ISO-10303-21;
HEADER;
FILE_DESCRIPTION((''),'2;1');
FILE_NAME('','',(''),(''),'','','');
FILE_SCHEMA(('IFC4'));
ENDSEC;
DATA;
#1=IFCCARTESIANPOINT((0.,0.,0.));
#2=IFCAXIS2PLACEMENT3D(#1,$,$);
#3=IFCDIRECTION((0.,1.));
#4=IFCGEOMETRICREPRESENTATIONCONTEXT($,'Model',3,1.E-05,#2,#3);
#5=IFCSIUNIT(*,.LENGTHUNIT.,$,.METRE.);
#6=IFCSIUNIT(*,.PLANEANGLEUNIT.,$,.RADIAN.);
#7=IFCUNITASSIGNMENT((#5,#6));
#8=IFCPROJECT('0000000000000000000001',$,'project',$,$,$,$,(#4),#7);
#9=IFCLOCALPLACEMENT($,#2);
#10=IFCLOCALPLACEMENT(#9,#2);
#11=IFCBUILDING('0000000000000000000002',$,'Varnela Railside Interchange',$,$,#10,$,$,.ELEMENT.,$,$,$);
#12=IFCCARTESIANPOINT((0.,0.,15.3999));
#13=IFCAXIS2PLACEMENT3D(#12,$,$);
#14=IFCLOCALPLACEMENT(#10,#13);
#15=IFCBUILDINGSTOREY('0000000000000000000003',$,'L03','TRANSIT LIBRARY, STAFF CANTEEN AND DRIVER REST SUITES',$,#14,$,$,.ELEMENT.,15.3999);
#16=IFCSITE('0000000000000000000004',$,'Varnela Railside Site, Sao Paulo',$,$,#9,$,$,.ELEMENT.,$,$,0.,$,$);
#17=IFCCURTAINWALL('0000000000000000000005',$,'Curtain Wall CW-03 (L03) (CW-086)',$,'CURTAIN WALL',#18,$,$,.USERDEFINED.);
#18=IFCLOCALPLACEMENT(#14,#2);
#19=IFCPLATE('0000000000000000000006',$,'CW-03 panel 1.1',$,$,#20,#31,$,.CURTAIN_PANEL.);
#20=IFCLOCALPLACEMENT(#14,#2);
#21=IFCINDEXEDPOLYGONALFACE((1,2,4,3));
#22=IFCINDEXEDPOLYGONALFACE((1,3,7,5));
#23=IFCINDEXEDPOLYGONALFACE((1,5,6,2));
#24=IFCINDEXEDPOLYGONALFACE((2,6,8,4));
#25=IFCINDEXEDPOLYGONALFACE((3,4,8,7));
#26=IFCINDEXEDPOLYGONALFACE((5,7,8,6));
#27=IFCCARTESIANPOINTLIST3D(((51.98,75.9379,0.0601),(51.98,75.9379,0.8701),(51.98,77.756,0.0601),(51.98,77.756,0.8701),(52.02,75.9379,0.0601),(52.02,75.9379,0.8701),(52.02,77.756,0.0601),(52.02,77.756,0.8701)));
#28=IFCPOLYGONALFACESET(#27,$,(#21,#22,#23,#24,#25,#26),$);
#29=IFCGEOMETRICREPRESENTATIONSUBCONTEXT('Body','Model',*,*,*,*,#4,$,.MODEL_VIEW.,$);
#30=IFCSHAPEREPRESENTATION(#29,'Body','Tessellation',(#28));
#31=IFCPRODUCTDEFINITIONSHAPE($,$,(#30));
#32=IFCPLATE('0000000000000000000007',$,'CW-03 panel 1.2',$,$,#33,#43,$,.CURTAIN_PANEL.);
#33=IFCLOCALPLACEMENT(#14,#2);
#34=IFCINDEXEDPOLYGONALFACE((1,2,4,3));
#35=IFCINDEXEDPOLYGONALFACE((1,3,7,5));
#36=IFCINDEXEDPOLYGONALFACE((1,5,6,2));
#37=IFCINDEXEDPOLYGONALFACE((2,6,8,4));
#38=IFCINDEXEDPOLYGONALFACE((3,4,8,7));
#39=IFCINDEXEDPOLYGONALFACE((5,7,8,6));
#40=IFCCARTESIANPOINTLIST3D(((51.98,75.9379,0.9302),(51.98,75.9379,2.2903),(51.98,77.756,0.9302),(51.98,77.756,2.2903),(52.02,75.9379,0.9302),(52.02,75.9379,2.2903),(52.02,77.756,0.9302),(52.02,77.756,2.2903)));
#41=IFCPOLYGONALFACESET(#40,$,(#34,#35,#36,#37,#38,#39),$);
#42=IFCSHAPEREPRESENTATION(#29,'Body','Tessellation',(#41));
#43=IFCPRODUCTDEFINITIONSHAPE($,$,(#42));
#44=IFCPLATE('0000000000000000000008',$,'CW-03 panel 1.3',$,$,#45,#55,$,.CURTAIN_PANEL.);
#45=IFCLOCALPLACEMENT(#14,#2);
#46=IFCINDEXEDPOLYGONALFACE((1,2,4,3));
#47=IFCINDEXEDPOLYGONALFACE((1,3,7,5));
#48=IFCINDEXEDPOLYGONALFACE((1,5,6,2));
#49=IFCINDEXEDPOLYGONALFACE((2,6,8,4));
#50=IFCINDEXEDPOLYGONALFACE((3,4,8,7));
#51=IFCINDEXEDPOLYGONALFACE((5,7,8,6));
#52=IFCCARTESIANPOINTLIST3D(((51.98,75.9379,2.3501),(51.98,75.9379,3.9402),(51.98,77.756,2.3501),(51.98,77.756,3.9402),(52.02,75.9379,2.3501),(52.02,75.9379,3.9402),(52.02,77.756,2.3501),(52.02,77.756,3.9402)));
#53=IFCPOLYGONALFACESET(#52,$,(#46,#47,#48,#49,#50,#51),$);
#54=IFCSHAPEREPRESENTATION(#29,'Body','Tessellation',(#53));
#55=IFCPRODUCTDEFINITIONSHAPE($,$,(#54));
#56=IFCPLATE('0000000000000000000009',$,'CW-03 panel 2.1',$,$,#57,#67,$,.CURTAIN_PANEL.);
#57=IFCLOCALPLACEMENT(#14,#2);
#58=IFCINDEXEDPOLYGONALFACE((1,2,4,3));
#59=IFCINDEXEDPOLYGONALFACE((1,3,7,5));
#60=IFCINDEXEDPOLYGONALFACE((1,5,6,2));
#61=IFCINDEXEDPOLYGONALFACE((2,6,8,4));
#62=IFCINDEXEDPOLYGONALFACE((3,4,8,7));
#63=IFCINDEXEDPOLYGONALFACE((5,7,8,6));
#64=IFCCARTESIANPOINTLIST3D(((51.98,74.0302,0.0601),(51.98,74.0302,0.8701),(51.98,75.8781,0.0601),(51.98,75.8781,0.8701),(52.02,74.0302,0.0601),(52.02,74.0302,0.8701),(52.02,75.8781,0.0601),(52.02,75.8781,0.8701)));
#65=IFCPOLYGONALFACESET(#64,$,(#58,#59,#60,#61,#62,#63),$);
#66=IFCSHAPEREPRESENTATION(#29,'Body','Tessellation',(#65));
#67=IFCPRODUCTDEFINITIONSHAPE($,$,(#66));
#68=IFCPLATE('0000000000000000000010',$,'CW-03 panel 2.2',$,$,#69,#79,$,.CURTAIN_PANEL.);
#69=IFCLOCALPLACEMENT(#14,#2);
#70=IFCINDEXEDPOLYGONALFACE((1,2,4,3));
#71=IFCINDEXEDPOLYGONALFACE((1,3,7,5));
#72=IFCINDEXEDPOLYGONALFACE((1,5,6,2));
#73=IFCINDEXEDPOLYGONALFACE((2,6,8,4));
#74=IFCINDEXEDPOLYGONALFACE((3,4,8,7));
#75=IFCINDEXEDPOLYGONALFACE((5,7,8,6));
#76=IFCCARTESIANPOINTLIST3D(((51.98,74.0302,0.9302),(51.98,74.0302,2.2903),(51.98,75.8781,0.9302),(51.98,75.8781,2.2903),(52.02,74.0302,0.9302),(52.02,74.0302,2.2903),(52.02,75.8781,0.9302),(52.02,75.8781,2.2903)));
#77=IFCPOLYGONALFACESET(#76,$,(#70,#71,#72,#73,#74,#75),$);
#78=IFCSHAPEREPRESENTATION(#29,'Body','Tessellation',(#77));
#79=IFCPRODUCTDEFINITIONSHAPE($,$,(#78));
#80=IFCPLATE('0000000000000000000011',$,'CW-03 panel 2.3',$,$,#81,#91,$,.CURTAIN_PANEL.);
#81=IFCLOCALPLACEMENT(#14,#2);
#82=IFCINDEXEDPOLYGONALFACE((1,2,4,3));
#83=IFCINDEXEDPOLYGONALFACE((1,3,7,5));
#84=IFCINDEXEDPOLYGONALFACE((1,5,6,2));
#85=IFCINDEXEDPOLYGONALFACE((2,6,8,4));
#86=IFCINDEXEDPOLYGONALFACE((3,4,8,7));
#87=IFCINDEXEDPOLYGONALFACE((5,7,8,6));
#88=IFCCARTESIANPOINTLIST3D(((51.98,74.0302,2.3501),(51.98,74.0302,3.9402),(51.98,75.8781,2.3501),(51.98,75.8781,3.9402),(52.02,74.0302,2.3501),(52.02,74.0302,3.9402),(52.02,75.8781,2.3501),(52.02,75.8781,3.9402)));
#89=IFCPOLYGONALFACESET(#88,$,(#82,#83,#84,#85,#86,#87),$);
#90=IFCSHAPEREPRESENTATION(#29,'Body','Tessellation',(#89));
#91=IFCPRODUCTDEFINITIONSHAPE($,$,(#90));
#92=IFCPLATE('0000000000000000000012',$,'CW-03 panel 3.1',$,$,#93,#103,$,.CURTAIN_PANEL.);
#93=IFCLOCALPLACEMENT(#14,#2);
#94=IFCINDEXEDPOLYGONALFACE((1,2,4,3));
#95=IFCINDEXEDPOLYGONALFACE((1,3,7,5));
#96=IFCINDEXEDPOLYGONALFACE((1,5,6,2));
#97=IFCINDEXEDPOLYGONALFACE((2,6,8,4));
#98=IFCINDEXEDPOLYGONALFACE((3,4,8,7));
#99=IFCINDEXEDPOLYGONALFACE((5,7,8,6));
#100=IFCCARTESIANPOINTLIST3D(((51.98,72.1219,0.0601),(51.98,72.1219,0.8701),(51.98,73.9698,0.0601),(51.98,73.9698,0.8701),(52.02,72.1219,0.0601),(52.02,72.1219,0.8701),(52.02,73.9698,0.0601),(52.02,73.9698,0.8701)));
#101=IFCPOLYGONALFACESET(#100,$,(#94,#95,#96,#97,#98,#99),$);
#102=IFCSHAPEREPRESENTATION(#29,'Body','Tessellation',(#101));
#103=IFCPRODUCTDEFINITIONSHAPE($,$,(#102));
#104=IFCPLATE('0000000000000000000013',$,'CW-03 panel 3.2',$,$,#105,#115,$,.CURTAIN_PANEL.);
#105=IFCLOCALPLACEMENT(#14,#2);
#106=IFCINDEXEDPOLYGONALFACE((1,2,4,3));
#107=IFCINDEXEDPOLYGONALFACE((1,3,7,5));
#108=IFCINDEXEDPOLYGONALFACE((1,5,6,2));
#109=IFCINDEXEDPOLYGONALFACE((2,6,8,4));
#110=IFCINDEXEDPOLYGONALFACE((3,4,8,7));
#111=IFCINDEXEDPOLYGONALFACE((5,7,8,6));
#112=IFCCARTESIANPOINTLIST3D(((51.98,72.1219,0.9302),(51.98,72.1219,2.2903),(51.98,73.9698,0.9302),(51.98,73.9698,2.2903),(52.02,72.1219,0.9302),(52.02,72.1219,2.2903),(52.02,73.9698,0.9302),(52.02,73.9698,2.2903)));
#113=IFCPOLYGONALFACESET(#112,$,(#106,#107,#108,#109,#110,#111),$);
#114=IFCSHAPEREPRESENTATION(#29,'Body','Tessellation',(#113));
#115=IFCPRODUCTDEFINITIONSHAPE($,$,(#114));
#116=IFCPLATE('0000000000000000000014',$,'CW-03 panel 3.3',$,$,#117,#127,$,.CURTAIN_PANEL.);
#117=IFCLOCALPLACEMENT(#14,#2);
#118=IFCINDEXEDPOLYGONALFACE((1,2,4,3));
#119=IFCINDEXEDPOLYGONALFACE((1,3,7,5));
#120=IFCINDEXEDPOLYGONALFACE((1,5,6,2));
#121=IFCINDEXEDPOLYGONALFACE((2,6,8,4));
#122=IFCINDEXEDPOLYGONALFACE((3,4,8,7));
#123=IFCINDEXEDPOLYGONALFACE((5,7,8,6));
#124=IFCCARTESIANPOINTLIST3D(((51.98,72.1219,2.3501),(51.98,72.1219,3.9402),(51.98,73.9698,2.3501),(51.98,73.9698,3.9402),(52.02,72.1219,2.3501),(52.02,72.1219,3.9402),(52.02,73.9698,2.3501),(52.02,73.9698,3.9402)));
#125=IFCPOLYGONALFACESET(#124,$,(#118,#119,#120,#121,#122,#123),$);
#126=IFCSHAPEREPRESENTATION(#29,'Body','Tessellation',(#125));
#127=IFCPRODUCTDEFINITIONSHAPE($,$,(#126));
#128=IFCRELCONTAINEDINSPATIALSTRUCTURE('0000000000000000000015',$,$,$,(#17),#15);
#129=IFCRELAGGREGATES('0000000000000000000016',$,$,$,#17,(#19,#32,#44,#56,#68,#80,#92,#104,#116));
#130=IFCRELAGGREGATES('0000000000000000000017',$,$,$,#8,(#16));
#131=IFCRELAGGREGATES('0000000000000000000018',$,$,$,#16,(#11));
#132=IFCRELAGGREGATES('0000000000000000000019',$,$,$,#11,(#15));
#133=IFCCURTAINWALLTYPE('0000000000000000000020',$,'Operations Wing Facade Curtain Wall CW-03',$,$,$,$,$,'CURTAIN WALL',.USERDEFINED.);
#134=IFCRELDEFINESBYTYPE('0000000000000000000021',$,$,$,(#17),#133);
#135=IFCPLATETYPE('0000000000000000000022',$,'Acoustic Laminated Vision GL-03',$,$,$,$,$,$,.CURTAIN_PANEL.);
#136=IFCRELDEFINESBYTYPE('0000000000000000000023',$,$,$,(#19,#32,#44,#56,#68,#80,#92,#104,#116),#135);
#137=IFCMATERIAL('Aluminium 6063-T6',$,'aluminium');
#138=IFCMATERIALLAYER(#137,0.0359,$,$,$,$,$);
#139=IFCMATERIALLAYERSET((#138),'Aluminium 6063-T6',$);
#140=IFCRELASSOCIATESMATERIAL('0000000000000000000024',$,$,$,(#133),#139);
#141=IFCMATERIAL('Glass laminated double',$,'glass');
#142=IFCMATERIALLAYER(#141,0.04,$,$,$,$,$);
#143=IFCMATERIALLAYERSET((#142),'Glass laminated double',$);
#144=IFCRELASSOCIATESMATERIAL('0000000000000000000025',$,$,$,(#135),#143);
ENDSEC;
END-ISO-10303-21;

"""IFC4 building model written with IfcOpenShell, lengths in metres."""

from ifc_helpers import new_model, si_unit, direction, frame, origin, origin_2d, place, context, subcontext, project, spatial, rectangle, extrude, material, layer, layer_set, type_object, element, aggregate, save


model = new_model("IFC4")

# Units and contexts
model_context = context("Model", 3, precision=1e-05, world=origin(), true_north=direction((0.0, 1.0)))
body_context = subcontext(model_context, "Body", "Model", "MODEL_VIEW")
ifc_project = project(units=[si_unit("LENGTHUNIT", "METRE"), si_unit("PLANEANGLEUNIT", "RADIAN")], contexts=[model_context])

# Site, building, storey
site_placement = place(None, origin())
site = spatial("IfcSite", under=ifc_project, at=site_placement, Name="Varnela Railside Site, Sao Paulo", CompositionType="ELEMENT", RefElevation=0.0)
building_placement = place(site_placement, origin())
building = spatial("IfcBuilding", under=site, at=building_placement, Name="Varnela Railside Interchange", CompositionType="ELEMENT")
storey_placement = place(building_placement, frame((0.0, 0.0, 15.3999)))
storey = spatial("IfcBuildingStorey", under=building, at=storey_placement, Name="L03", Description="TRANSIT LIBRARY, STAFF CANTEEN AND DRIVER REST SUITES", CompositionType="ELEMENT", Elevation=15.3999)

# Curtain wall, plates
ifc_material_1 = material(Name="Aluminium 6063-T6", Category="aluminium")
ifc_layer_1 = layer(ifc_material_1, 0.0359)
ifc_layer_set_1 = layer_set([ifc_layer_1], Name="Aluminium 6063-T6")
curtain_wall_type = type_object("IfcCurtainWallType", Name="Operations Wing Facade Curtain Wall CW-03", ElementType="CURTAIN WALL", PredefinedType="USERDEFINED", material=ifc_layer_set_1)
curtain_wall_placement = place(storey_placement, origin())
curtain_wall = element("IfcCurtainWall", 1, at=curtain_wall_placement, inside=storey, type_object=curtain_wall_type, Name="Curtain Wall CW-03 (L03) (CW-086)", ObjectType="CURTAIN WALL", PredefinedType="USERDEFINED")
ifc_material_2 = material(Name="Glass laminated double", Category="glass")
ifc_layer_2 = layer(ifc_material_2, 0.04)
ifc_layer_set_2 = layer_set([ifc_layer_2], Name="Glass laminated double")
plate_type = type_object("IfcPlateType", Name="Acoustic Laminated Vision GL-03", PredefinedType="CURTAIN_PANEL", material=ifc_layer_set_2)
plate_1_placement = place(storey_placement, frame((52.0, 76.8469, 0.0601), z_axis=(0.0, 0.0, 1.0), x_axis=(0.0, -1.0, 0.0)))
plate_1 = element("IfcPlate", 2, at=plate_1_placement, type_object=plate_type, Name="CW-03 panel 1.1", PredefinedType="CURTAIN_PANEL", context=body_context, shape_type="SweptSolid", body=[
    extrude(rectangle(XDim=1.8181, YDim=0.04, at=origin_2d()), origin(), (0.0, 0.0, 1.0), 0.8101),
])
plate_2_placement = place(storey_placement, frame((52.0, 76.8469, 0.9302), z_axis=(0.0, 0.0, 1.0), x_axis=(0.0, -1.0, 0.0)))
plate_2 = element("IfcPlate", 3, at=plate_2_placement, type_object=plate_type, Name="CW-03 panel 1.2", PredefinedType="CURTAIN_PANEL", context=body_context, shape_type="SweptSolid", body=[
    extrude(rectangle(XDim=1.8181, YDim=0.04, at=origin_2d()), origin(), (0.0, 0.0, 1.0), 1.3601),
])
plate_3_placement = place(storey_placement, frame((52.0, 76.8469, 2.3501), z_axis=(0.0, 0.0, 1.0), x_axis=(0.0, -1.0, 0.0)))
plate_3 = element("IfcPlate", 4, at=plate_3_placement, type_object=plate_type, Name="CW-03 panel 1.3", PredefinedType="CURTAIN_PANEL", context=body_context, shape_type="SweptSolid", body=[
    extrude(rectangle(XDim=1.8181, YDim=0.04, at=origin_2d()), origin(), (0.0, 0.0, 1.0), 1.5901),
])
plate_4_placement = place(storey_placement, frame((52.0, 74.9541, 0.0601), z_axis=(0.0, 0.0, 1.0), x_axis=(0.0, -1.0, 0.0)))
plate_4 = element("IfcPlate", 5, at=plate_4_placement, type_object=plate_type, Name="CW-03 panel 2.1", PredefinedType="CURTAIN_PANEL", context=body_context, shape_type="SweptSolid", body=[
    extrude(rectangle(XDim=1.8479, YDim=0.04, at=origin_2d()), origin(), (0.0, 0.0, 1.0), 0.8101),
])
plate_5_placement = place(storey_placement, frame((52.0, 74.9541, 0.9302), z_axis=(0.0, 0.0, 1.0), x_axis=(0.0, -1.0, 0.0)))
plate_5 = element("IfcPlate", 6, at=plate_5_placement, type_object=plate_type, Name="CW-03 panel 2.2", PredefinedType="CURTAIN_PANEL", context=body_context, shape_type="SweptSolid", body=[
    extrude(rectangle(XDim=1.8479, YDim=0.04, at=origin_2d()), origin(), (0.0, 0.0, 1.0), 1.3601),
])
plate_6_placement = place(storey_placement, frame((52.0, 74.9541, 2.3501), z_axis=(0.0, 0.0, 1.0), x_axis=(0.0, -1.0, 0.0)))
plate_6 = element("IfcPlate", 7, at=plate_6_placement, type_object=plate_type, Name="CW-03 panel 2.3", PredefinedType="CURTAIN_PANEL", context=body_context, shape_type="SweptSolid", body=[
    extrude(rectangle(XDim=1.8479, YDim=0.04, at=origin_2d()), origin(), (0.0, 0.0, 1.0), 1.5901),
])
plate_7_placement = place(storey_placement, frame((52.0, 73.0459, 0.0601), z_axis=(0.0, 0.0, 1.0), x_axis=(0.0, -1.0, 0.0)))
plate_7 = element("IfcPlate", 8, at=plate_7_placement, type_object=plate_type, Name="CW-03 panel 3.1", PredefinedType="CURTAIN_PANEL", context=body_context, shape_type="SweptSolid", body=[
    extrude(rectangle(XDim=1.8479, YDim=0.04, at=origin_2d()), origin(), (0.0, 0.0, 1.0), 0.8101),
])
plate_8_placement = place(storey_placement, frame((52.0, 73.0459, 0.9302), z_axis=(0.0, 0.0, 1.0), x_axis=(0.0, -1.0, 0.0)))
plate_8 = element("IfcPlate", 9, at=plate_8_placement, type_object=plate_type, Name="CW-03 panel 3.2", PredefinedType="CURTAIN_PANEL", context=body_context, shape_type="SweptSolid", body=[
    extrude(rectangle(XDim=1.8479, YDim=0.04, at=origin_2d()), origin(), (0.0, 0.0, 1.0), 1.3601),
])
plate_9_placement = place(storey_placement, frame((52.0, 73.0459, 2.3501), z_axis=(0.0, 0.0, 1.0), x_axis=(0.0, -1.0, 0.0)))
plate_9 = element("IfcPlate", 10, at=plate_9_placement, type_object=plate_type, Name="CW-03 panel 3.3", PredefinedType="CURTAIN_PANEL", context=body_context, shape_type="SweptSolid", body=[
    extrude(rectangle(XDim=1.8479, YDim=0.04, at=origin_2d()), origin(), (0.0, 0.0, 1.0), 1.5901),
])
aggregate(curtain_wall, [plate_1, plate_2, plate_3, plate_4, plate_5, plate_6, plate_7, plate_8, plate_9])

save(model, "model.ifc")
